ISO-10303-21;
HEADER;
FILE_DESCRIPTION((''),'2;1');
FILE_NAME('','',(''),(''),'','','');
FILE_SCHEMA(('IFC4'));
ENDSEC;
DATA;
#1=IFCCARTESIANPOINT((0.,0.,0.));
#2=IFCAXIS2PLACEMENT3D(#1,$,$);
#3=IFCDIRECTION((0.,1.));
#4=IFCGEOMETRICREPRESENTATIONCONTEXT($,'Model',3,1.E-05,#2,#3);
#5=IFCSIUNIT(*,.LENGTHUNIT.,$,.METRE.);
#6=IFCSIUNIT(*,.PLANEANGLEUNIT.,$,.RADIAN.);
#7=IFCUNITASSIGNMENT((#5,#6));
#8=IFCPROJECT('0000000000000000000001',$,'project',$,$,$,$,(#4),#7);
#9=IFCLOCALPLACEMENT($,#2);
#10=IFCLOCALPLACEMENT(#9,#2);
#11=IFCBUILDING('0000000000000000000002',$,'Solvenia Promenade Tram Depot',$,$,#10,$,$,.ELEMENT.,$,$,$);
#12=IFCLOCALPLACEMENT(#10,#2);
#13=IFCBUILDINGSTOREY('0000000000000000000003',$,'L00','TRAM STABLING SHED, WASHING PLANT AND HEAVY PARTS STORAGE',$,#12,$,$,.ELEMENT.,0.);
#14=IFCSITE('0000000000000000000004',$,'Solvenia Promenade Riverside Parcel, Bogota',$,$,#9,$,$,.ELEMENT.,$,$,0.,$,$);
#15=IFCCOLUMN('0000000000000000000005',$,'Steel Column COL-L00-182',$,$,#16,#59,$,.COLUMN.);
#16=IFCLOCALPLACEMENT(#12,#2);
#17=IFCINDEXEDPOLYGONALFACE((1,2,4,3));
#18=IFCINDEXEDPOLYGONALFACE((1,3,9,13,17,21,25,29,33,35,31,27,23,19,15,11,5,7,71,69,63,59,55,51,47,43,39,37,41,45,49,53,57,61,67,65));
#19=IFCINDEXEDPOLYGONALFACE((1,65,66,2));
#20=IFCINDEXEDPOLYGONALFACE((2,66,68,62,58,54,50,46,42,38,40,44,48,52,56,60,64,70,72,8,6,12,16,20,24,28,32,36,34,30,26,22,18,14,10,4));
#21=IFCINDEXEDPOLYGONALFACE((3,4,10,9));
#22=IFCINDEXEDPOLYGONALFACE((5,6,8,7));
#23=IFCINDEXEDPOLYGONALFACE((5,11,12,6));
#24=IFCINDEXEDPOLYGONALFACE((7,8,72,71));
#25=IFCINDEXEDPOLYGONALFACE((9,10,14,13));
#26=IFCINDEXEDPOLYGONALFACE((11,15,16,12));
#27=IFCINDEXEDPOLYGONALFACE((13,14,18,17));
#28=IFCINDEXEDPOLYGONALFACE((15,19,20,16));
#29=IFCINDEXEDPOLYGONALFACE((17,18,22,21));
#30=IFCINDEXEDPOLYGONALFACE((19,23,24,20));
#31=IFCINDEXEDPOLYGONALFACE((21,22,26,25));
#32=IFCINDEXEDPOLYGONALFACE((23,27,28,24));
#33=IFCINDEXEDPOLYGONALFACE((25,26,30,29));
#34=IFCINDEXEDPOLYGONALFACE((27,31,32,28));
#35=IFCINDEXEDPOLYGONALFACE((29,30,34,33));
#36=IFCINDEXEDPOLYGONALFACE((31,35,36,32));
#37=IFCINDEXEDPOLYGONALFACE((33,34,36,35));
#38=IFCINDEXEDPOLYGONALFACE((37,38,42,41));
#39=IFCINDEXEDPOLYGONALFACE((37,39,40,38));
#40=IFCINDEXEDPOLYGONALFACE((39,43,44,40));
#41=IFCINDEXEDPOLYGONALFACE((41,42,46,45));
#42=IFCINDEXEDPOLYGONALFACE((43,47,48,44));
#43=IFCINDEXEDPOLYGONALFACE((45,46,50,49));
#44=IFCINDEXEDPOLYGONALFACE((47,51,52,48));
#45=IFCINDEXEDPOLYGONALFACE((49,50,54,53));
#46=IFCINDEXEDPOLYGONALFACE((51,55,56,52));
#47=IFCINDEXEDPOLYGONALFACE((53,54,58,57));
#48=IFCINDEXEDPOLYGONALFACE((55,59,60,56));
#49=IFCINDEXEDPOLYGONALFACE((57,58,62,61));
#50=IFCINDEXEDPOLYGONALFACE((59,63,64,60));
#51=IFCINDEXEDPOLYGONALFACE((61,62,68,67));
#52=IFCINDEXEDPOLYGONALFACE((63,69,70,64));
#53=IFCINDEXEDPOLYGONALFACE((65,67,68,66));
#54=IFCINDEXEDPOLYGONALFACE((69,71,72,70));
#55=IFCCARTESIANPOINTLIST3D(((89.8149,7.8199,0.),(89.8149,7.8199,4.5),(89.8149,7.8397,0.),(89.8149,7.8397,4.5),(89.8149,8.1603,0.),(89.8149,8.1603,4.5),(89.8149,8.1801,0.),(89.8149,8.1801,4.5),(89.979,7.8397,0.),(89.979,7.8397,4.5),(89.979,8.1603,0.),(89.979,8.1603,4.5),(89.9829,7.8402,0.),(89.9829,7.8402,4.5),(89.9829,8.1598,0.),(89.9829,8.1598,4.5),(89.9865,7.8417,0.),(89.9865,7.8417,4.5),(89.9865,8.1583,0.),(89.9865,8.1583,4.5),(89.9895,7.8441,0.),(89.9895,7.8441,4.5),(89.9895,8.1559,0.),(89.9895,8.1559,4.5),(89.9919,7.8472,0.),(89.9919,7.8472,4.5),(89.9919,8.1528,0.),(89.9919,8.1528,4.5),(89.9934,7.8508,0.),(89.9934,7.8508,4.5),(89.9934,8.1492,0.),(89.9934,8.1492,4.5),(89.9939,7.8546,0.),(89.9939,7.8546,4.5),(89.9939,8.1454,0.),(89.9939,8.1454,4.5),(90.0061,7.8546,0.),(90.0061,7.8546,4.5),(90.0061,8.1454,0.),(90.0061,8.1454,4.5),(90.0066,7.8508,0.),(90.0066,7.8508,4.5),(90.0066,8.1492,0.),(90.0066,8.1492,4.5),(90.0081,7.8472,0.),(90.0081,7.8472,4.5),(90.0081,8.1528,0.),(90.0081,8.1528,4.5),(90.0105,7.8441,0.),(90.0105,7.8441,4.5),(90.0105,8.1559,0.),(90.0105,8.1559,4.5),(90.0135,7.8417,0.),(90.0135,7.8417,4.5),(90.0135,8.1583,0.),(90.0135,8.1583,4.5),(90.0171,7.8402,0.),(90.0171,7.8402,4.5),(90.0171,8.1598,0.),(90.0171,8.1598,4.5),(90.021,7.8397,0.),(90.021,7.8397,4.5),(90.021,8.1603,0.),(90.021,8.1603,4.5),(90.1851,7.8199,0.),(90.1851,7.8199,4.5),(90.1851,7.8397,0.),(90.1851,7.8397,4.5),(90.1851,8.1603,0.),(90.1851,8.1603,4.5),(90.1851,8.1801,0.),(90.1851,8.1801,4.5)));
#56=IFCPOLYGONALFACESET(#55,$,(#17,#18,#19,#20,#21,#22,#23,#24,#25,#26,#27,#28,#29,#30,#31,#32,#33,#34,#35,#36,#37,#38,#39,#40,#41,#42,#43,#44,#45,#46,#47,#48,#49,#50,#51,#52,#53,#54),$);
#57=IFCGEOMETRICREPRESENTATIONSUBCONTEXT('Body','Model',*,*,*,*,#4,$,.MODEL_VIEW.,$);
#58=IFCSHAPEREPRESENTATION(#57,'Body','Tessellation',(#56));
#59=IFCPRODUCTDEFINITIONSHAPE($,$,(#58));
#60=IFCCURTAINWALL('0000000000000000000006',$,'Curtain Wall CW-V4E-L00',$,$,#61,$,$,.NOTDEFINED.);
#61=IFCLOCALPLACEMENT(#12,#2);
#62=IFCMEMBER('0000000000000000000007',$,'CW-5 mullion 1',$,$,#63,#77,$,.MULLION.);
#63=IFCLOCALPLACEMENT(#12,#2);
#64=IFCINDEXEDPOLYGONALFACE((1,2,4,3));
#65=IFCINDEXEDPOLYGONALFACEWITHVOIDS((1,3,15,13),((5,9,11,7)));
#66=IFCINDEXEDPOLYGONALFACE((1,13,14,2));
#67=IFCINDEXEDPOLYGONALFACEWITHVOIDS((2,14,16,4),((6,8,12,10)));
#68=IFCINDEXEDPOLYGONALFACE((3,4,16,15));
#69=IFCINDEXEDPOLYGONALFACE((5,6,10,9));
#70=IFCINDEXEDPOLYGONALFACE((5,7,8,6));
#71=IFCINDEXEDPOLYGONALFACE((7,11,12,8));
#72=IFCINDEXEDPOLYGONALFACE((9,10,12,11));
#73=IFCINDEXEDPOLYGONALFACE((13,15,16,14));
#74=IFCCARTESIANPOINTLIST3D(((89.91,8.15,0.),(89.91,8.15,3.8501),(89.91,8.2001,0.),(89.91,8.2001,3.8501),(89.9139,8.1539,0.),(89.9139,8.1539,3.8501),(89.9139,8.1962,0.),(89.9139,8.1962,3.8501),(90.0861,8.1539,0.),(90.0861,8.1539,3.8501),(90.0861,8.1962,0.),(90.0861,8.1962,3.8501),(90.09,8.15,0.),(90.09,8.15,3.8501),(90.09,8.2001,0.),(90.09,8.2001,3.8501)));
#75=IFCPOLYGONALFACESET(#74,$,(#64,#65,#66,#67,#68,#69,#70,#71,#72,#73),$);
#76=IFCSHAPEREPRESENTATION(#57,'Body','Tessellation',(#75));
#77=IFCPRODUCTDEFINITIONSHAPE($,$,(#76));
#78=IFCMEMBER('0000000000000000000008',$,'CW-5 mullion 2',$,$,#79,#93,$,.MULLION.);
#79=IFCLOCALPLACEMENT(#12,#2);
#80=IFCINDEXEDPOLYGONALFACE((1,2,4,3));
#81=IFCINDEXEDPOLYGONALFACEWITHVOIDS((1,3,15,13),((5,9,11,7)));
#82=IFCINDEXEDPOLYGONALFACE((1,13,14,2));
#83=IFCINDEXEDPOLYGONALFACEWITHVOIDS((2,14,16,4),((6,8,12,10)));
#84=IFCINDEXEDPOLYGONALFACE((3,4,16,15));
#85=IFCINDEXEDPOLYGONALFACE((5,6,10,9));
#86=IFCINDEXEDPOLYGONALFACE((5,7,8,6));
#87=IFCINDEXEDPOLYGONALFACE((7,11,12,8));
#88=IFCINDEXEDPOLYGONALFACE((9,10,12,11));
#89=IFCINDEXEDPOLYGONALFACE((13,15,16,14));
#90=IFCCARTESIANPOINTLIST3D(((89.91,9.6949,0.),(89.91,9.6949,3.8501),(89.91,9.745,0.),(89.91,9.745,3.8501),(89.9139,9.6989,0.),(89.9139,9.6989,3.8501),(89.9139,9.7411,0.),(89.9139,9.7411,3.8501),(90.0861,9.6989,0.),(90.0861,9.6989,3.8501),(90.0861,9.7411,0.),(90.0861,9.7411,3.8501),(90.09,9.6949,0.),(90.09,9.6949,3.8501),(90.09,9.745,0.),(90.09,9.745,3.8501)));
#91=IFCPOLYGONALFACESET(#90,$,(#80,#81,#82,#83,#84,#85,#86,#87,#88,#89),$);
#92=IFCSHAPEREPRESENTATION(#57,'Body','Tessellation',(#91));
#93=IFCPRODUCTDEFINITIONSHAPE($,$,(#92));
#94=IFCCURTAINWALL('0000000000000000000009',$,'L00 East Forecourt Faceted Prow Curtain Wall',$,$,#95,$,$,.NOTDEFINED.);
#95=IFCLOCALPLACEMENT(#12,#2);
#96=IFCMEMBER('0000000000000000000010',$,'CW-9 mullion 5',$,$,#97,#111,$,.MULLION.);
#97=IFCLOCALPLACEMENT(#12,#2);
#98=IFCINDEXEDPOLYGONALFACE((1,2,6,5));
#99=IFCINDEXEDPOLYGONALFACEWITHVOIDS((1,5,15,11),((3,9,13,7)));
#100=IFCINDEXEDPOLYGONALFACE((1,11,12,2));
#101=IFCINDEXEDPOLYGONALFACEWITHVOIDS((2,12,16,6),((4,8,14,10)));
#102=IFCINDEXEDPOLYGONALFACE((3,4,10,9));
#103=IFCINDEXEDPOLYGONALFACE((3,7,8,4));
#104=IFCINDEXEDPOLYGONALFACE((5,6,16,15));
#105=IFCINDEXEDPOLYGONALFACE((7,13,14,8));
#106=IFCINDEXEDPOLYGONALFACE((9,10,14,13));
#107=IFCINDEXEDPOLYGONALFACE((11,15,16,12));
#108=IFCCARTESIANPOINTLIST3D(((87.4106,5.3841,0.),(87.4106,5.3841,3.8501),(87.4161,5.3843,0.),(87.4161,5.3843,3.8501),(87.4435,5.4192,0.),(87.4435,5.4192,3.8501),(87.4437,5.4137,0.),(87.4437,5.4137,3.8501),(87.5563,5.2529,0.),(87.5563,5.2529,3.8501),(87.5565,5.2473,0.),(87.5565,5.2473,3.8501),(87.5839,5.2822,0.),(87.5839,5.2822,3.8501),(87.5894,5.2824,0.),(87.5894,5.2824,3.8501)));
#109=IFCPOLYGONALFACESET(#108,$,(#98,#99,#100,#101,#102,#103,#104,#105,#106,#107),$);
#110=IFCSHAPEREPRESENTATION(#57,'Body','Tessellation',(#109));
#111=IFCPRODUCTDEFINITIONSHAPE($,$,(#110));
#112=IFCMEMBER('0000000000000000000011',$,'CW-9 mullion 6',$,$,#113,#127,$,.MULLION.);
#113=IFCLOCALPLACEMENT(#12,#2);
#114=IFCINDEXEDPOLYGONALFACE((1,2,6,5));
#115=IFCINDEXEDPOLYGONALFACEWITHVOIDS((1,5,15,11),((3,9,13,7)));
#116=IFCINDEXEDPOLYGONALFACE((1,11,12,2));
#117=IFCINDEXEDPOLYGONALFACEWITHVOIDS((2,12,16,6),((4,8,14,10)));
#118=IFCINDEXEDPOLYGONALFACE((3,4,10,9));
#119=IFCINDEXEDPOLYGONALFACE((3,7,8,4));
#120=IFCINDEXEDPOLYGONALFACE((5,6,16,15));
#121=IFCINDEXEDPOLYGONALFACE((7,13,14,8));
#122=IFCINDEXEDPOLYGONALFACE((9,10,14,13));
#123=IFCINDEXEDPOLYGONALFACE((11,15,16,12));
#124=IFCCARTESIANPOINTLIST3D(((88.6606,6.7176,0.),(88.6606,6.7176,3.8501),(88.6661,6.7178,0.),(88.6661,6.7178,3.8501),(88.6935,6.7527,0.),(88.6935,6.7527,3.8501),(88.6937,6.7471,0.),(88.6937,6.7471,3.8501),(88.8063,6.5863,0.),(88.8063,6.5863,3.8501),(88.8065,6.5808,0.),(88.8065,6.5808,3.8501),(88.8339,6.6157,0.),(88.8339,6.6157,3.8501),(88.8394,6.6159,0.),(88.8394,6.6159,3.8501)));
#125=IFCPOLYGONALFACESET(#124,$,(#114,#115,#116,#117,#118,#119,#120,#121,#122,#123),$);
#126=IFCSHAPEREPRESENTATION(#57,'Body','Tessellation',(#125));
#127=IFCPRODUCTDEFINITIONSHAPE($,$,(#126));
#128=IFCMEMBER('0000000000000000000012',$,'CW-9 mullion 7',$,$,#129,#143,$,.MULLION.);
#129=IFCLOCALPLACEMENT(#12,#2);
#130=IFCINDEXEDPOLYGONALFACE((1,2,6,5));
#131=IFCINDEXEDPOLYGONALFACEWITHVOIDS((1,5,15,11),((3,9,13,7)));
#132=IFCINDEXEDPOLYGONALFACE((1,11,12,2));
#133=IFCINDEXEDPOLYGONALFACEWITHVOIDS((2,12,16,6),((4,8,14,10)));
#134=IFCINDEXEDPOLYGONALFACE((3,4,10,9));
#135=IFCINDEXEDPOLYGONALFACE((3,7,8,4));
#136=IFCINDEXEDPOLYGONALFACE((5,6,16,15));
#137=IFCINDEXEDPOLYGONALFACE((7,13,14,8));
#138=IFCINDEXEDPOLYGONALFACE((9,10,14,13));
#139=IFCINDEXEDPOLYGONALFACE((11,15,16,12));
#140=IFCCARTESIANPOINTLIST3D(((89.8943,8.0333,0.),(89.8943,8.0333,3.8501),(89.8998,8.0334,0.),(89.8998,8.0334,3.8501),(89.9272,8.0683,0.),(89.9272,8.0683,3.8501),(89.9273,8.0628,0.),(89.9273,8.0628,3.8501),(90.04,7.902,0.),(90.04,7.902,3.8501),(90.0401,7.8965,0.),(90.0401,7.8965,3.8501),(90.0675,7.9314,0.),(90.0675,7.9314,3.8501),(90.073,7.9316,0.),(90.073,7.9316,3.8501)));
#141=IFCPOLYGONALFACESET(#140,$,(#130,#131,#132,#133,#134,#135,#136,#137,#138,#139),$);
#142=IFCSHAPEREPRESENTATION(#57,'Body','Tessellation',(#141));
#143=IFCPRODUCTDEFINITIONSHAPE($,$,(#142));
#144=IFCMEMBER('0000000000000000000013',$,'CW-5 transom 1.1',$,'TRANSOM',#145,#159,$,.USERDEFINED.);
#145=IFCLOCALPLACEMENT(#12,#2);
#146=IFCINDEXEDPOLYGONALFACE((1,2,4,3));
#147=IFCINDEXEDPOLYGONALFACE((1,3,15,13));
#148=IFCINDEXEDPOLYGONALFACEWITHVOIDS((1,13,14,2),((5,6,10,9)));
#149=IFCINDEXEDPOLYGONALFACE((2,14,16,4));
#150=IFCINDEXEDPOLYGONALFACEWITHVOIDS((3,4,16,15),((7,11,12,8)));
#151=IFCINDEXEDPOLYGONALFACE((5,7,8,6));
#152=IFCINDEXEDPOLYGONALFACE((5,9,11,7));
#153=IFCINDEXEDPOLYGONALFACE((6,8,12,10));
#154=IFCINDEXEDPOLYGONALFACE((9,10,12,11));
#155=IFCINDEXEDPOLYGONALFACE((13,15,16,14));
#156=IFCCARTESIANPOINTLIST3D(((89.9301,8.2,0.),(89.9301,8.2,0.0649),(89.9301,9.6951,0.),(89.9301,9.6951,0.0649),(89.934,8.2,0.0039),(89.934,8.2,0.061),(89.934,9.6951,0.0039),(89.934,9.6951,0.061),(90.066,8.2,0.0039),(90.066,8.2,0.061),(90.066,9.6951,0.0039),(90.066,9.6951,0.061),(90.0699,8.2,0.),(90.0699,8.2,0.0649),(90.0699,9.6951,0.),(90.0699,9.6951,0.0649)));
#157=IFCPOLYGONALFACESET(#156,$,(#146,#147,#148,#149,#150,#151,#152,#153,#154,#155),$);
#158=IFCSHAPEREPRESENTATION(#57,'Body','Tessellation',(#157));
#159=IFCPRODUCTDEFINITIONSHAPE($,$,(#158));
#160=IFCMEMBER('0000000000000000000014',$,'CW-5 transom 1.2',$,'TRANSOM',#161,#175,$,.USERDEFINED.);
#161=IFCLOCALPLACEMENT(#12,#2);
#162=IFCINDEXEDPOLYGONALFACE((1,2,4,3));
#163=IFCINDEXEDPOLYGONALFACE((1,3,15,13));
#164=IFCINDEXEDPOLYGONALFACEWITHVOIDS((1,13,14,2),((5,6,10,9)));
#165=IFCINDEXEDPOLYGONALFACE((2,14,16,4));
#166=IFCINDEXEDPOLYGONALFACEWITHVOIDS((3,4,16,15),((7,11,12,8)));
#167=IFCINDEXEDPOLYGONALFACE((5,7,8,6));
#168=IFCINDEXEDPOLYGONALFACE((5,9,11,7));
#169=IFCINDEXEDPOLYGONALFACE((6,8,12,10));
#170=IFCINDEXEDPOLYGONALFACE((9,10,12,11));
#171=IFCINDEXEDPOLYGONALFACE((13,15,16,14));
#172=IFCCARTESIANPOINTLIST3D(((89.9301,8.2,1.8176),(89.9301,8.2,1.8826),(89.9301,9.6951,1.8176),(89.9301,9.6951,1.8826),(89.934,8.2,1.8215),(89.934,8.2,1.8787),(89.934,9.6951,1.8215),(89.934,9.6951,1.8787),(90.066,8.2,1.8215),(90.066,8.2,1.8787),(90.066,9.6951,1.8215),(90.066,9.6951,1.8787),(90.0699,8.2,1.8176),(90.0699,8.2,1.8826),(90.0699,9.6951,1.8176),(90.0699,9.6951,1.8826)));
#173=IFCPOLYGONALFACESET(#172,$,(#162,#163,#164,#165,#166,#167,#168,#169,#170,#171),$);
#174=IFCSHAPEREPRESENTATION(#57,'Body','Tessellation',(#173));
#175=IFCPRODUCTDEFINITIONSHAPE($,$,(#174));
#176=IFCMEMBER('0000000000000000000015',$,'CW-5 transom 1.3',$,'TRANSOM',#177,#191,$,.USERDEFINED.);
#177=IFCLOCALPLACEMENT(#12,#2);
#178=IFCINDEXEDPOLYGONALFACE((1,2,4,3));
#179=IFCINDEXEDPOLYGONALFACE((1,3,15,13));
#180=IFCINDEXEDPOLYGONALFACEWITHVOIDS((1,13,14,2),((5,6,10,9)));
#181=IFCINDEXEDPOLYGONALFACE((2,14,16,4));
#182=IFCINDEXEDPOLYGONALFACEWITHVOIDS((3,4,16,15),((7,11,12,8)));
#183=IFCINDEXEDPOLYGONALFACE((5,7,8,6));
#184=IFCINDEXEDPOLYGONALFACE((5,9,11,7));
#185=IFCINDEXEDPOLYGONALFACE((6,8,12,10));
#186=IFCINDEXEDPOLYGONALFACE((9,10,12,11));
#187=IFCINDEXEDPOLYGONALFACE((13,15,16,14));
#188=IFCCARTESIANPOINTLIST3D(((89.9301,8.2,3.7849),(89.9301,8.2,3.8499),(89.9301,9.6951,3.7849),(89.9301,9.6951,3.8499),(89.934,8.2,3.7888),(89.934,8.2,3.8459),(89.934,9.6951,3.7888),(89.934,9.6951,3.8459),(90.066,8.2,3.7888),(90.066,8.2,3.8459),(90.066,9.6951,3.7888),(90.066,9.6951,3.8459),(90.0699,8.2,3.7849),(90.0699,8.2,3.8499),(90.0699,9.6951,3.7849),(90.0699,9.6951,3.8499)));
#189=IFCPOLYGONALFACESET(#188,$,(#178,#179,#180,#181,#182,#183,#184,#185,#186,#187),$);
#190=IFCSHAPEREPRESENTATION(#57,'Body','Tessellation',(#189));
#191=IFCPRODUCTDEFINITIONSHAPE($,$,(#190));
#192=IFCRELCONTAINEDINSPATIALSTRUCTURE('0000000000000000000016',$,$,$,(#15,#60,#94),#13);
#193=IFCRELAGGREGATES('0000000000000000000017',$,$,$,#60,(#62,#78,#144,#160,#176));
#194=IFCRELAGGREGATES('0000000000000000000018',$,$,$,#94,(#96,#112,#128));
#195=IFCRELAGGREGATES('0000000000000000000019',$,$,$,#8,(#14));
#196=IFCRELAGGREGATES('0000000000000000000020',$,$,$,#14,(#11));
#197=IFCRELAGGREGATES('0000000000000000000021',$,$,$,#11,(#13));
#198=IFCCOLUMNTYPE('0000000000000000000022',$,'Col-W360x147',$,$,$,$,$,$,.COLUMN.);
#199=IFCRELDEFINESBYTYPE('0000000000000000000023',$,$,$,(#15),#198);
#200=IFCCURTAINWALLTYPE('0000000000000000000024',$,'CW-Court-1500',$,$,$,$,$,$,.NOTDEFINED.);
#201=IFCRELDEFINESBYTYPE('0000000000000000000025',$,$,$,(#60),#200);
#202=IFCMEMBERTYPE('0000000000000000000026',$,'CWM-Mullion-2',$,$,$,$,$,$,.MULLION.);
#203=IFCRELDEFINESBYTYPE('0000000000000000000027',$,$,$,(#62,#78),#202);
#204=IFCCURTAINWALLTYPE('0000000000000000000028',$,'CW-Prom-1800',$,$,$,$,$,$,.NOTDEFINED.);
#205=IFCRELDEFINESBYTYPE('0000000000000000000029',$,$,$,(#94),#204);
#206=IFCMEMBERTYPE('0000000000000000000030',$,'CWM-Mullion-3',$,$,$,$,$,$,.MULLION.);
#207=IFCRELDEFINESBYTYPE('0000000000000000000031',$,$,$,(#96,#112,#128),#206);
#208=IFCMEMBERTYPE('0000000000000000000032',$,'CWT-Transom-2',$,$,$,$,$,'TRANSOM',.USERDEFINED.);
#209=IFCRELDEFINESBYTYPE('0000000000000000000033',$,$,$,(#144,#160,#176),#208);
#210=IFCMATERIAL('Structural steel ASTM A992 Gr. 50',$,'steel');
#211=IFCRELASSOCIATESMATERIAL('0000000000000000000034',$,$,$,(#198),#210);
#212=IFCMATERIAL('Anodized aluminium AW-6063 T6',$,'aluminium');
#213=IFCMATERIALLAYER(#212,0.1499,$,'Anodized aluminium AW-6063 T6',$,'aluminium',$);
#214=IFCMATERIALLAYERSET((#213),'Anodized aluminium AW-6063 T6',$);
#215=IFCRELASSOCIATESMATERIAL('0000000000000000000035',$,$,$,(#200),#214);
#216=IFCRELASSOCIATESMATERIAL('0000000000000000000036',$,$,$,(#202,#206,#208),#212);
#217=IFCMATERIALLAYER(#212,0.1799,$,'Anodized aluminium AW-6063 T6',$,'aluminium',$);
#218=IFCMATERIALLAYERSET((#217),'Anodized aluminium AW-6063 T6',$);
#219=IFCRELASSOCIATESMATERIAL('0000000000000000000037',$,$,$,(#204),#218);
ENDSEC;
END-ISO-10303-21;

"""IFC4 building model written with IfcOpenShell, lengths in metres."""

from ifc_helpers import new_model, si_unit, direction, frame, origin, origin_2d, place, context, subcontext, project, spatial, hollow_rectangle, i_section, extrude, material, layer, layer_set, material_profile, profile_set, type_object, element, aggregate, save


model = new_model("IFC4")

# Units and contexts
model_context = context("Model", 3, precision=1e-05, world=origin(), true_north=direction((0.0, 1.0)))
body_context = subcontext(model_context, "Body", "Model", "MODEL_VIEW")
ifc_project = project(units=[si_unit("LENGTHUNIT", "METRE"), si_unit("PLANEANGLEUNIT", "RADIAN")], contexts=[model_context])

# Site, building, storey
site_placement = place(None, origin())
site = spatial("IfcSite", under=ifc_project, at=site_placement, Name="Solvenia Promenade Riverside Parcel, Bogota", CompositionType="ELEMENT", RefElevation=0.0)
building_placement = place(site_placement, origin())
building = spatial("IfcBuilding", under=site, at=building_placement, Name="Solvenia Promenade Tram Depot", CompositionType="ELEMENT")
storey_placement = place(building_placement, origin())
storey = spatial("IfcBuildingStorey", under=building, at=storey_placement, Name="L00", Description="TRAM STABLING SHED, WASHING PLANT AND HEAVY PARTS STORAGE", CompositionType="ELEMENT", Elevation=0.0)

# Column
ifc_material_1 = material(Name="Structural steel ASTM A992 Gr. 50", Category="steel")
ifc_material_profile_1 = material_profile(ifc_material_1, i_section(OverallWidth=0.3701, OverallDepth=0.3601, WebThickness=0.0122, FlangeThickness=0.0198, FilletRadius=0.0149, at=origin_2d()), Name="W360x147", Category="steel")
ifc_profile_set_1 = profile_set([ifc_material_profile_1], Name="Structural steel ASTM A992 Gr. 50")
column_type = type_object("IfcColumnType", Name="Col-W360x147", PredefinedType="COLUMN", material=ifc_profile_set_1)
for number, where, z_axis, x_axis, name in (
    (1, (90.0, 8.0, 0.0), (0.0, 0.0, 1.0), (1.0, 0.0, 0.0), "Steel Column COL-L00-182"),
):
    element("IfcColumn", number, at=place(storey_placement, frame(where, z_axis=z_axis, x_axis=x_axis)), inside=storey, type_object=column_type, Name=name, PredefinedType="COLUMN", context=body_context, shape_type="SweptSolid", body=[
        extrude(i_section(OverallWidth=0.3701, OverallDepth=0.3601, WebThickness=0.0122, FlangeThickness=0.0198, FilletRadius=0.0149, at=origin_2d()), origin(), (0.0, 0.0, 1.0), 4.5),
    ])

# Curtain walls, members
ifc_material_2 = material(Name="Anodized aluminium AW-6063 T6", Category="aluminium")
ifc_layer_1 = layer(ifc_material_2, 0.1499, Name="Anodized aluminium AW-6063 T6", Category="aluminium")
ifc_layer_set_1 = layer_set([ifc_layer_1], Name="Anodized aluminium AW-6063 T6")
curtain_wall_type_1 = type_object("IfcCurtainWallType", Name="CW-Court-1500", PredefinedType="NOTDEFINED", material=ifc_layer_set_1)
curtain_wall_1_placement = place(storey_placement, origin())
curtain_wall_1 = element("IfcCurtainWall", 2, at=curtain_wall_1_placement, inside=storey, type_object=curtain_wall_type_1, Name="Curtain Wall CW-V4E-L00", PredefinedType="NOTDEFINED")
ifc_material_profile_2 = material_profile(ifc_material_2, hollow_rectangle(XDim=0.1799, YDim=0.05, WallThickness=0.0039, at=origin_2d()), Name="ALU-M2", Category="aluminium")
ifc_profile_set_2 = profile_set([ifc_material_profile_2], Name="Anodized aluminium AW-6063 T6")
member_type_1 = type_object("IfcMemberType", Name="CWM-Mullion-2", PredefinedType="MULLION", material=ifc_profile_set_2)
member_1_placement = place(storey_placement, frame((90.0, 8.175, 0.0), z_axis=(0.0, 0.0, 1.0), x_axis=(-1.0, 0.0, 0.0)))
member_1 = element("IfcMember", 3, at=member_1_placement, type_object=member_type_1, Name="CW-5 mullion 1", PredefinedType="MULLION", context=body_context, shape_type="SweptSolid", body=[
    extrude(hollow_rectangle(XDim=0.1799, YDim=0.05, WallThickness=0.0039, at=origin_2d()), origin(), (0.0, 0.0, 1.0), 3.8501),
])
member_2_placement = place(storey_placement, frame((90.0, 9.72, 0.0), z_axis=(0.0, 0.0, 1.0), x_axis=(-1.0, 0.0, 0.0)))
member_2 = element("IfcMember", 4, at=member_2_placement, type_object=member_type_1, Name="CW-5 mullion 2", PredefinedType="MULLION", context=body_context, shape_type="SweptSolid", body=[
    extrude(hollow_rectangle(XDim=0.1799, YDim=0.05, WallThickness=0.0039, at=origin_2d()), origin(), (0.0, 0.0, 1.0), 3.8501),
])
ifc_layer_2 = layer(ifc_material_2, 0.1799, Name="Anodized aluminium AW-6063 T6", Category="aluminium")
ifc_layer_set_2 = layer_set([ifc_layer_2], Name="Anodized aluminium AW-6063 T6")
curtain_wall_type_2 = type_object("IfcCurtainWallType", Name="CW-Prom-1800", PredefinedType="NOTDEFINED", material=ifc_layer_set_2)
curtain_wall_2_placement = place(storey_placement, origin())
curtain_wall_2 = element("IfcCurtainWall", 5, at=curtain_wall_2_placement, inside=storey, type_object=curtain_wall_type_2, Name="L00 East Forecourt Faceted Prow Curtain Wall", PredefinedType="NOTDEFINED")
ifc_material_profile_3 = material_profile(ifc_material_2, hollow_rectangle(XDim=0.2, YDim=0.0481, WallThickness=0.0039, at=origin_2d()), Name="ALU-M3", Category="aluminium")
ifc_profile_set_3 = profile_set([ifc_material_profile_3], Name="Anodized aluminium AW-6063 T6")
member_type_2 = type_object("IfcMemberType", Name="CWM-Mullion-3", PredefinedType="MULLION", material=ifc_profile_set_3)
member_3_placement = place(storey_placement, frame((87.5, 5.3333, 0.0), z_axis=(0.0, 0.0, 1.0), x_axis=(-0.729537, 0.683941, 0.0)))
member_3 = element("IfcMember", 6, at=member_3_placement, type_object=member_type_2, Name="CW-9 mullion 5", PredefinedType="MULLION", context=body_context, shape_type="SweptSolid", body=[
    extrude(hollow_rectangle(XDim=0.2, YDim=0.0481, WallThickness=0.0039, at=origin_2d()), origin(), (0.0, 0.0, 1.0), 3.8501),
])
member_4_placement = place(storey_placement, frame((88.75, 6.6667, 0.0), z_axis=(0.0, 0.0, 1.0), x_axis=(-0.729537, 0.683941, 0.0)))
member_4 = element("IfcMember", 7, at=member_4_placement, type_object=member_type_2, Name="CW-9 mullion 6", PredefinedType="MULLION", context=body_context, shape_type="SweptSolid", body=[
    extrude(hollow_rectangle(XDim=0.2, YDim=0.0481, WallThickness=0.0039, at=origin_2d()), origin(), (0.0, 0.0, 1.0), 3.8501),
])
member_5_placement = place(storey_placement, frame((89.9836, 7.9824, 0.0), z_axis=(0.0, 0.0, 1.0), x_axis=(-0.729537, 0.683941, 0.0)))
member_5 = element("IfcMember", 8, at=member_5_placement, type_object=member_type_2, Name="CW-9 mullion 7", PredefinedType="MULLION", context=body_context, shape_type="SweptSolid", body=[
    extrude(hollow_rectangle(XDim=0.2, YDim=0.0481, WallThickness=0.0039, at=origin_2d()), origin(), (0.0, 0.0, 1.0), 3.8501),
])

# Members
ifc_material_profile_4 = material_profile(ifc_material_2, hollow_rectangle(XDim=0.1399, YDim=0.0649, WallThickness=0.0039, at=origin_2d()), Name="ALU-T2", Category="aluminium")
ifc_profile_set_4 = profile_set([ifc_material_profile_4], Name="Anodized aluminium AW-6063 T6")
member_type_3 = type_object("IfcMemberType", Name="CWT-Transom-2", ElementType="TRANSOM", PredefinedType="USERDEFINED", material=ifc_profile_set_4)
member_6_placement = place(storey_placement, frame((90.0, 8.2, 0.0325), z_axis=(0.0, 1.0, 0.0), x_axis=(-1.0, 0.0, 0.0)))
member_6 = element("IfcMember", 9, at=member_6_placement, type_object=member_type_3, Name="CW-5 transom 1.1", ObjectType="TRANSOM", PredefinedType="USERDEFINED", context=body_context, shape_type="SweptSolid", body=[
    extrude(hollow_rectangle(XDim=0.1399, YDim=0.0649, WallThickness=0.0039, at=origin_2d()), origin(), (0.0, 0.0, 1.0), 1.4951),
])
member_7_placement = place(storey_placement, frame((90.0, 8.2, 1.8501), z_axis=(0.0, 1.0, 0.0), x_axis=(-1.0, 0.0, 0.0)))
member_7 = element("IfcMember", 10, at=member_7_placement, type_object=member_type_3, Name="CW-5 transom 1.2", ObjectType="TRANSOM", PredefinedType="USERDEFINED", context=body_context, shape_type="SweptSolid", body=[
    extrude(hollow_rectangle(XDim=0.1399, YDim=0.0649, WallThickness=0.0039, at=origin_2d()), origin(), (0.0, 0.0, 1.0), 1.4951),
])
member_8_placement = place(storey_placement, frame((90.0, 8.2, 3.8174), z_axis=(0.0, 1.0, 0.0), x_axis=(-1.0, 0.0, 0.0)))
member_8 = element("IfcMember", 11, at=member_8_placement, type_object=member_type_3, Name="CW-5 transom 1.3", ObjectType="TRANSOM", PredefinedType="USERDEFINED", context=body_context, shape_type="SweptSolid", body=[
    extrude(hollow_rectangle(XDim=0.1399, YDim=0.0649, WallThickness=0.0039, at=origin_2d()), origin(), (0.0, 0.0, 1.0), 1.4951),
])

aggregate(curtain_wall_1, [member_1, member_2, member_6, member_7, member_8])
aggregate(curtain_wall_2, [member_3, member_4, member_5])

save(model, "model.ifc")
